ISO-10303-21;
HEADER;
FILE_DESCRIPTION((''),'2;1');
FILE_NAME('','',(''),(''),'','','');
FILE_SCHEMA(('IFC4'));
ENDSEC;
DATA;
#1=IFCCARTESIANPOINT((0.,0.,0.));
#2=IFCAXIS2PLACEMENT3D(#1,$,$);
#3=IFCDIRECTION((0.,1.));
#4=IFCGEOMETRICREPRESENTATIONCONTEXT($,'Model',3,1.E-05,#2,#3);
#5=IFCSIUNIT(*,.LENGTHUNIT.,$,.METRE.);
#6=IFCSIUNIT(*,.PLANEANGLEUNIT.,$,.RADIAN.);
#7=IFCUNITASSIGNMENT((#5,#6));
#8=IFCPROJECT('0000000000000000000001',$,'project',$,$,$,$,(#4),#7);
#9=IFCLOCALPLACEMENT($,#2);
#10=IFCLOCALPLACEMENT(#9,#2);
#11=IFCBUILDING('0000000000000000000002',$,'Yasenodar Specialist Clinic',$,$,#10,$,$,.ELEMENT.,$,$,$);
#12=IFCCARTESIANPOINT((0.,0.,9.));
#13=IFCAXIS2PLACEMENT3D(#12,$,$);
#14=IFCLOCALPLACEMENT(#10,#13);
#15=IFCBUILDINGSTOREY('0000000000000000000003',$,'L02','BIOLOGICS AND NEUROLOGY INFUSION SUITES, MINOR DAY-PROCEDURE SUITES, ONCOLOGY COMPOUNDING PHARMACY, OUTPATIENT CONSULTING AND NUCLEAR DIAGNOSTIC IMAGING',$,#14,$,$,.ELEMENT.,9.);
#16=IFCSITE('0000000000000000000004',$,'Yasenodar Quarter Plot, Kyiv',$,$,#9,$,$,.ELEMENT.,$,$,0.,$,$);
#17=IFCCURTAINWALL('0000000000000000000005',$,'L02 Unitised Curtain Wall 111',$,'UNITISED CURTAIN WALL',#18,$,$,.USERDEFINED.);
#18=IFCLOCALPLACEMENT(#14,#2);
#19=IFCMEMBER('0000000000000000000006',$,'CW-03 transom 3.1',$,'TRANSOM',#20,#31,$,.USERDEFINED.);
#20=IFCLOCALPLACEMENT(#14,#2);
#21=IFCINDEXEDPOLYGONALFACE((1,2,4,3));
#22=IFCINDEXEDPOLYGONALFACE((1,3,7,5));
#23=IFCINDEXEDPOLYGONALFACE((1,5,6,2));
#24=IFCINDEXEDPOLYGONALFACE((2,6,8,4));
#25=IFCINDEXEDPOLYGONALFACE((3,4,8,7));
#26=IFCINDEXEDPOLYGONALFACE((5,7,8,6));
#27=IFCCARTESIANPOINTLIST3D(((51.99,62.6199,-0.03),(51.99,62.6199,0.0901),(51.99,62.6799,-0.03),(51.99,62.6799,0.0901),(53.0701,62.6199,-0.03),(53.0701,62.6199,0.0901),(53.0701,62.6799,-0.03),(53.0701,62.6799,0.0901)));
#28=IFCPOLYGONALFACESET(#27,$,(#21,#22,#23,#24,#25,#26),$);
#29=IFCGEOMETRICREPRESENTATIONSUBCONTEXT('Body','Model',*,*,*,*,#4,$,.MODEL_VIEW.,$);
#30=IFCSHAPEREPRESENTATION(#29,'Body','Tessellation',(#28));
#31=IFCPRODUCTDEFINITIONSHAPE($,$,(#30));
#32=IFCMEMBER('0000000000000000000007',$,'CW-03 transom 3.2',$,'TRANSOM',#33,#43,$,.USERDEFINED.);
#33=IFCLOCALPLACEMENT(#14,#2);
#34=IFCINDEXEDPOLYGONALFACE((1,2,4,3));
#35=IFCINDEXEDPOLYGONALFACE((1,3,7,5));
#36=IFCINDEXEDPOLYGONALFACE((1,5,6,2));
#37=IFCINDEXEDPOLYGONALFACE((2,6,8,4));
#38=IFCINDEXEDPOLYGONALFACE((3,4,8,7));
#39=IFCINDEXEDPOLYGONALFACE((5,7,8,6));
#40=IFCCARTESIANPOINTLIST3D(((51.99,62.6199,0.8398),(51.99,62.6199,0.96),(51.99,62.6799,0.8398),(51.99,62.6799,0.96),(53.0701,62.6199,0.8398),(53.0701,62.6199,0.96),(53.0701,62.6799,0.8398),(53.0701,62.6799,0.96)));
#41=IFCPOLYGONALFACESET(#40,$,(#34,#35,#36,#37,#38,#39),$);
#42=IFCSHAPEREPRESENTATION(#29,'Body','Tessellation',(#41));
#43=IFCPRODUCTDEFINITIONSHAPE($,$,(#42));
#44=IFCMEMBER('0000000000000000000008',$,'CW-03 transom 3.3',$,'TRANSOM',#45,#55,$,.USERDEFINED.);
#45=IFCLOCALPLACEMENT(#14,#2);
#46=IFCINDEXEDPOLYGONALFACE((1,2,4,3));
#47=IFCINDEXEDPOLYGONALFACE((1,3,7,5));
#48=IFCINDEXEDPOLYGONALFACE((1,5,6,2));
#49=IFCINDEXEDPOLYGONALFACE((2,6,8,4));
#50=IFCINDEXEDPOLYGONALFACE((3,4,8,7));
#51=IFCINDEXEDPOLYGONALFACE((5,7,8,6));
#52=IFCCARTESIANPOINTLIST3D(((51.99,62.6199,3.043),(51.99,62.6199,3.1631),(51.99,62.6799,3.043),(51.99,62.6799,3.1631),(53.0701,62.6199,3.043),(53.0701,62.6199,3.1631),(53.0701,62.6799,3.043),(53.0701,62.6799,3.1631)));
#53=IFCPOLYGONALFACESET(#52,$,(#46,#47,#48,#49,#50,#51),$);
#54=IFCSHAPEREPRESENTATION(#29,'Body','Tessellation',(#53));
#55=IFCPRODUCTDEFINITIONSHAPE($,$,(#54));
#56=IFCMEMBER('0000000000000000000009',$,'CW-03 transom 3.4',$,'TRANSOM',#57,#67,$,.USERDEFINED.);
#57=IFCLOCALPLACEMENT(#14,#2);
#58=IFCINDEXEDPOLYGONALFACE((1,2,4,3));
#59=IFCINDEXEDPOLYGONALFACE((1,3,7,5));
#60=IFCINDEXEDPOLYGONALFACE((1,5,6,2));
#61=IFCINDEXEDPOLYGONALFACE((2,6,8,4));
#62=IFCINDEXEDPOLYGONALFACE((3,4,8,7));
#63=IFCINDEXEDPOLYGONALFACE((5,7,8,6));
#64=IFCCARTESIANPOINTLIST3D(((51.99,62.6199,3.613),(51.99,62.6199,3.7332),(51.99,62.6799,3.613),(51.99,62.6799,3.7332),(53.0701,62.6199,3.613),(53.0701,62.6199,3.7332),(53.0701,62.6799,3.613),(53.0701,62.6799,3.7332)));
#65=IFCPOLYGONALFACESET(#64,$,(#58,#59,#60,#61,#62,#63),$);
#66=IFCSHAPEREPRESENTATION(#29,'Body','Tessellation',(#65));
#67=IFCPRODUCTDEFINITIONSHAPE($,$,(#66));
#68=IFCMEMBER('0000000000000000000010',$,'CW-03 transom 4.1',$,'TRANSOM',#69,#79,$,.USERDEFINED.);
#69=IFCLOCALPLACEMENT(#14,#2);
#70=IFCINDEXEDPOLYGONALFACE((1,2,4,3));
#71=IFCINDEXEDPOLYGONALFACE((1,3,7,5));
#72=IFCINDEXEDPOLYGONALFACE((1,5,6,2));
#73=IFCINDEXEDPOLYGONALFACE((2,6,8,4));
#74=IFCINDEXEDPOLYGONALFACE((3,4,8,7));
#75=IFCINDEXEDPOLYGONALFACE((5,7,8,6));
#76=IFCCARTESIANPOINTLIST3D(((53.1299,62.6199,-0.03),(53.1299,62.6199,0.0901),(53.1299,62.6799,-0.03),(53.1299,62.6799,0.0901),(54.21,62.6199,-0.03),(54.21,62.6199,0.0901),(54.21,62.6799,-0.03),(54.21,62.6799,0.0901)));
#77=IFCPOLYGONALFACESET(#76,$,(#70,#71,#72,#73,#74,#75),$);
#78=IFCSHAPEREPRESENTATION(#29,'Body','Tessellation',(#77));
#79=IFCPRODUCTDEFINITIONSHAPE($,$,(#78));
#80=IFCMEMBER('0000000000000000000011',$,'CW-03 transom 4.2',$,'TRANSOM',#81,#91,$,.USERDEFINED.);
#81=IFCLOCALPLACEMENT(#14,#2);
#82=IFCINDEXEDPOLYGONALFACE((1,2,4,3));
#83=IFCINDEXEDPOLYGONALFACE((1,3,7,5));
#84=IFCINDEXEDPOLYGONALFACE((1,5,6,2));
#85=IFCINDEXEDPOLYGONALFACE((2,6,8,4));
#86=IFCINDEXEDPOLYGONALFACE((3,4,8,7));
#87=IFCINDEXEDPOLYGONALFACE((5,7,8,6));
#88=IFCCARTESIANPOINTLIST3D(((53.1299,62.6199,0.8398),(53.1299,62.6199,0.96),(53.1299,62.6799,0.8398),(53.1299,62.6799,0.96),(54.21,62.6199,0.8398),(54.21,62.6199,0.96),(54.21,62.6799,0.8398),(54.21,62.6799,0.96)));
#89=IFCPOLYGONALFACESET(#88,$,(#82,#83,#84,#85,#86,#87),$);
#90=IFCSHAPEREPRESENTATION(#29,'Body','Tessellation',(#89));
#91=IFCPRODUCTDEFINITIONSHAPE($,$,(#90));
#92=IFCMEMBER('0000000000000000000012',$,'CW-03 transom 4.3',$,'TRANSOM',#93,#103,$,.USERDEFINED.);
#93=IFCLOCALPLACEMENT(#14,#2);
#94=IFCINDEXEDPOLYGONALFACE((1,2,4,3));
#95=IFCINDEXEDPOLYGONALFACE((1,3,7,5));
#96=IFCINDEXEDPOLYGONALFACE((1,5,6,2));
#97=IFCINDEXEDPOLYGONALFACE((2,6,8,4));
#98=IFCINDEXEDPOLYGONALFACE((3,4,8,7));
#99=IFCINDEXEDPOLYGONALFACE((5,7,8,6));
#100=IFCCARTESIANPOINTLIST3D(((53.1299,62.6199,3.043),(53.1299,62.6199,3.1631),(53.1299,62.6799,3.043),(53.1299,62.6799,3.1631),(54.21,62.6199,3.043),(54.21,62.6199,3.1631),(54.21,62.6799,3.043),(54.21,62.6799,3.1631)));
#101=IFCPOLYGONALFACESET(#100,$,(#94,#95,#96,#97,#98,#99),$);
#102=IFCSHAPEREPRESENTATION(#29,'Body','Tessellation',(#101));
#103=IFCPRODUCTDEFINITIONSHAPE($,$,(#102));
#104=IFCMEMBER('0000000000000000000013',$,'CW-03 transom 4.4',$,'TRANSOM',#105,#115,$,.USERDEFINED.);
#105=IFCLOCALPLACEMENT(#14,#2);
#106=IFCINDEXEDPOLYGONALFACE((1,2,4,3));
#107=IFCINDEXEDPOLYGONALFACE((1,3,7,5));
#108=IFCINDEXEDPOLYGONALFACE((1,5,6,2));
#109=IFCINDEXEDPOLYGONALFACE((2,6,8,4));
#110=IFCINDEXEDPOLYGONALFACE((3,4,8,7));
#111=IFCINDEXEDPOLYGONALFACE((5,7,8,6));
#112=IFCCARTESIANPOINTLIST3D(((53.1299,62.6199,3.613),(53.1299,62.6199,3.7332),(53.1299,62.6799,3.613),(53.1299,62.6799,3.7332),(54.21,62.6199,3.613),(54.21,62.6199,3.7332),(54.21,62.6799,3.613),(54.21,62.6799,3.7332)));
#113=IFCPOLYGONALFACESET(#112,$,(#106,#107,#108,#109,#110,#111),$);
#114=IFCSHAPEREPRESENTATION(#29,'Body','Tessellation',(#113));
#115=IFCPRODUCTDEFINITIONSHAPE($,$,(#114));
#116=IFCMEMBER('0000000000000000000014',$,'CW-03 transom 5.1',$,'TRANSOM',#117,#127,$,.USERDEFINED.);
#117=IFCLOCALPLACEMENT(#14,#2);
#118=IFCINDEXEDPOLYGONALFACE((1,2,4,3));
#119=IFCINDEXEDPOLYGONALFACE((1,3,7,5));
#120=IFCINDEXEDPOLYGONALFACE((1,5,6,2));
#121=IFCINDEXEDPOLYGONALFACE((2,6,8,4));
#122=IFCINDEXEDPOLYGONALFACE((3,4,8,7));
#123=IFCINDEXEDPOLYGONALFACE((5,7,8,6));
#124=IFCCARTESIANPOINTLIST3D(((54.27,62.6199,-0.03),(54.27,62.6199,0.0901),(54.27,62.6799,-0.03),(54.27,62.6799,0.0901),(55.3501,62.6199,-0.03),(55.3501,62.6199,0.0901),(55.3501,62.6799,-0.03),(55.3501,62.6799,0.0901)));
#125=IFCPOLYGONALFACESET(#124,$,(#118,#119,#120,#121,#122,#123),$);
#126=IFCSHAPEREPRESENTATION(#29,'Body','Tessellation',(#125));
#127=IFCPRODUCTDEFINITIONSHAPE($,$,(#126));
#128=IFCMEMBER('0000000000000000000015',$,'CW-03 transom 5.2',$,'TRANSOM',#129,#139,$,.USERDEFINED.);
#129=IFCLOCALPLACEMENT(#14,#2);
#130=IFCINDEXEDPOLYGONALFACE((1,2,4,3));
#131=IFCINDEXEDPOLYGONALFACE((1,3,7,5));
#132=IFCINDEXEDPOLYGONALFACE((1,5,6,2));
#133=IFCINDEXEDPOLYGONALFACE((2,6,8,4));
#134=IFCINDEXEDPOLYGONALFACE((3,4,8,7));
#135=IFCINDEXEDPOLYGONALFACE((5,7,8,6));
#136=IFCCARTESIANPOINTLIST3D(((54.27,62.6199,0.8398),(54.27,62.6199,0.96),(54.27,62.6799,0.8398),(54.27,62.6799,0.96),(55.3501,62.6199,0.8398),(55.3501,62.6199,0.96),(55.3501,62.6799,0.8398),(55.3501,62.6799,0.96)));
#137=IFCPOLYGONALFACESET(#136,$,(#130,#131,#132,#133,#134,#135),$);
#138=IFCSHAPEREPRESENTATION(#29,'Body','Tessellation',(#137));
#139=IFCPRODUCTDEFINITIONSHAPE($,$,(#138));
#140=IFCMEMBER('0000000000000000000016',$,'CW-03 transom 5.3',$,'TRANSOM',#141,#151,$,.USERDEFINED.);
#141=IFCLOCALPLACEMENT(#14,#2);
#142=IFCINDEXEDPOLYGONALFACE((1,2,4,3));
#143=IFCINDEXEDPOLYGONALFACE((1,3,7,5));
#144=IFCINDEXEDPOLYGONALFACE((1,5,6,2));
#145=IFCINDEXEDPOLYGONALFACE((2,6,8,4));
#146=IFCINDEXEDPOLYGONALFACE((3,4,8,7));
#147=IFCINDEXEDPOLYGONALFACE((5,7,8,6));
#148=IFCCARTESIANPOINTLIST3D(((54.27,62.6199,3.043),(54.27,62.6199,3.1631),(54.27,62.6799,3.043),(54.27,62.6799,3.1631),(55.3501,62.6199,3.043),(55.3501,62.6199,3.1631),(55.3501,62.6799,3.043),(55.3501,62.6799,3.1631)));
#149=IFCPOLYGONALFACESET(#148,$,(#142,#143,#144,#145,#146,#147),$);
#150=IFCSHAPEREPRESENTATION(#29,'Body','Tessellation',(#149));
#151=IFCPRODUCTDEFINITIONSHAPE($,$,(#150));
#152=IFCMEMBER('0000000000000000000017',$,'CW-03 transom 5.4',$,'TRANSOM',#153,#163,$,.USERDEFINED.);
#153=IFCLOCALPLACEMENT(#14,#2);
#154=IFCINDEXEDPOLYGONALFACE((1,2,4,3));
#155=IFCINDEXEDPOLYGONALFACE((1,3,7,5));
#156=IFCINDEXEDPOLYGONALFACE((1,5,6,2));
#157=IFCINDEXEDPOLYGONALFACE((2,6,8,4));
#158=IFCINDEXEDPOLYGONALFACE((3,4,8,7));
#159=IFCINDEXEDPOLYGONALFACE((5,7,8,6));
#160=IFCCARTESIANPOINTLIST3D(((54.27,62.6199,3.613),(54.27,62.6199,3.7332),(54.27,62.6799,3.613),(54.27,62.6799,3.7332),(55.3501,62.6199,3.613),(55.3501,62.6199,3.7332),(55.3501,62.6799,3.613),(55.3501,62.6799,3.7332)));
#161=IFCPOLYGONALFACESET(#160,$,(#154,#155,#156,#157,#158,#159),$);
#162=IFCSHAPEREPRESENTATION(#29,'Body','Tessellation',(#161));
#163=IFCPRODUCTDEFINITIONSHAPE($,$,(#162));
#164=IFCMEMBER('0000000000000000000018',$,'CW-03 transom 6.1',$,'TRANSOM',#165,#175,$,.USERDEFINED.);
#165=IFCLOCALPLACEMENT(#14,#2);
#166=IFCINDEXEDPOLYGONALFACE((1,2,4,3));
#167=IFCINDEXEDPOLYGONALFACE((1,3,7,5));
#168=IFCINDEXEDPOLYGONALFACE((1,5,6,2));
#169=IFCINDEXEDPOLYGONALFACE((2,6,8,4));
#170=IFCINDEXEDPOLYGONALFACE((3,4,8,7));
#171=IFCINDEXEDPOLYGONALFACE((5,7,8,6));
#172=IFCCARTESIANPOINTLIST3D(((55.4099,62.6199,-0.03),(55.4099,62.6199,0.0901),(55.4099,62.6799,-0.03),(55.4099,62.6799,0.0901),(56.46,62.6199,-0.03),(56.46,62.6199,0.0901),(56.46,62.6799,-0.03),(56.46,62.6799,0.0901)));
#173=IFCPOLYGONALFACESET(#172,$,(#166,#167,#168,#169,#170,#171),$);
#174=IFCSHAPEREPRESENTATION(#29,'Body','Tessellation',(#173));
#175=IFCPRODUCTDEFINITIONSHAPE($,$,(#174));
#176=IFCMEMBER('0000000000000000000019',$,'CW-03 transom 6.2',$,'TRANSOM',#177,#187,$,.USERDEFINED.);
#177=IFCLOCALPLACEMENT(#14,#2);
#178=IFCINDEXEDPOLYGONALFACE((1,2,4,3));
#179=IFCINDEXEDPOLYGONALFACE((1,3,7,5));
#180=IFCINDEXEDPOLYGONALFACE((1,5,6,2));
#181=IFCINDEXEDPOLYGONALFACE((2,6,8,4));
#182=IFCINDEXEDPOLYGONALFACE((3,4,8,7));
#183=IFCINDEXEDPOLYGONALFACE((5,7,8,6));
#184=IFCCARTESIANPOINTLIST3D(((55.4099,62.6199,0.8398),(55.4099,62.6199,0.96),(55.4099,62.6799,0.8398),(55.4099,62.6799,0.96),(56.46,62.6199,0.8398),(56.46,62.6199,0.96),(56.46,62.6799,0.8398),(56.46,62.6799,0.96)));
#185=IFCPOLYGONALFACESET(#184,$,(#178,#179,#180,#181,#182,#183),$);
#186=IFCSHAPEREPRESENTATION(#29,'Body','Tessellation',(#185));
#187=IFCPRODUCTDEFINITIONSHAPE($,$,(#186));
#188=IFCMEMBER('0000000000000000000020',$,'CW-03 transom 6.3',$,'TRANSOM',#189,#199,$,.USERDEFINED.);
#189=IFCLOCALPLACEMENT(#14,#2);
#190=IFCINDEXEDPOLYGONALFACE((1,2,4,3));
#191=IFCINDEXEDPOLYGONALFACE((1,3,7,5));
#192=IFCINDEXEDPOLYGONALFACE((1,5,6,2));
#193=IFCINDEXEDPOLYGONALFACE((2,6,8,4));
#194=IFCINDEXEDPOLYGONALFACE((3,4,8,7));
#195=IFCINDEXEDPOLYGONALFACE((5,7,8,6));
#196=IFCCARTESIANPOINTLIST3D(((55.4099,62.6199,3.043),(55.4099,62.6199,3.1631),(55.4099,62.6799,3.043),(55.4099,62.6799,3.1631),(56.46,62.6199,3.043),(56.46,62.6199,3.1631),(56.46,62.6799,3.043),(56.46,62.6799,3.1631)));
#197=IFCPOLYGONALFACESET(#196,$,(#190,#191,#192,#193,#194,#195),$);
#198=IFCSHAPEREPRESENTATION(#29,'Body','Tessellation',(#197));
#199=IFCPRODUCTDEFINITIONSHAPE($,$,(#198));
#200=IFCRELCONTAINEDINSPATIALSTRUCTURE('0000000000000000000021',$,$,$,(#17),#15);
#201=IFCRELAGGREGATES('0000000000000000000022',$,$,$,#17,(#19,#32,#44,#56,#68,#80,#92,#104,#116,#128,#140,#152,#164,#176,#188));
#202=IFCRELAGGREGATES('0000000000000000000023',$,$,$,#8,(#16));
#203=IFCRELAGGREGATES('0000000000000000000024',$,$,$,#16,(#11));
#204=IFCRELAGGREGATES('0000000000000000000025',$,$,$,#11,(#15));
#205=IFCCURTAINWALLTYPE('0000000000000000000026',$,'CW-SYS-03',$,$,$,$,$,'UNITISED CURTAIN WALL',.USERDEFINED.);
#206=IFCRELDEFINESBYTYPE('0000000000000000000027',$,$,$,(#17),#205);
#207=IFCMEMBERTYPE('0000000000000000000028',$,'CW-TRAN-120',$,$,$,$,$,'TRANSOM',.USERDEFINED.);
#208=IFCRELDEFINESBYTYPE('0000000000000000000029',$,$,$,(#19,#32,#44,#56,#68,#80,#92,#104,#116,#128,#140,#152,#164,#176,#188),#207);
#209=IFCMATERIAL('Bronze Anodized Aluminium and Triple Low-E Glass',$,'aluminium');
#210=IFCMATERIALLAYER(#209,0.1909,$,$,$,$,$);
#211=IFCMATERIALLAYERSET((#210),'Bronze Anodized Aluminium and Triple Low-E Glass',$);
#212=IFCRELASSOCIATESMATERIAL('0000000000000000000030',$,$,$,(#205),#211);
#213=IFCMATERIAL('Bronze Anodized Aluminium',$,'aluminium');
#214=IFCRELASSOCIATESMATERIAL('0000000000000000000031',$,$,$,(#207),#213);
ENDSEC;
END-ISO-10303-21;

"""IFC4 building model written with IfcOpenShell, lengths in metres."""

from ifc_helpers import new_model, si_unit, direction, frame, origin, origin_2d, place, context, subcontext, project, spatial, rectangle, extrude, material, layer, layer_set, material_profile, profile_set, type_object, element, aggregate, save


model = new_model("IFC4")

# Units and contexts
model_context = context("Model", 3, precision=1e-05, world=origin(), true_north=direction((0.0, 1.0)))
body_context = subcontext(model_context, "Body", "Model", "MODEL_VIEW")
ifc_project = project(units=[si_unit("LENGTHUNIT", "METRE"), si_unit("PLANEANGLEUNIT", "RADIAN")], contexts=[model_context])

# Site, building, storey
site_placement = place(None, origin())
site = spatial("IfcSite", under=ifc_project, at=site_placement, Name="Yasenodar Quarter Plot, Kyiv", CompositionType="ELEMENT", RefElevation=0.0)
building_placement = place(site_placement, origin())
building = spatial("IfcBuilding", under=site, at=building_placement, Name="Yasenodar Specialist Clinic", CompositionType="ELEMENT")
storey_placement = place(building_placement, frame((0.0, 0.0, 9.0)))
storey = spatial("IfcBuildingStorey", under=building, at=storey_placement, Name="L02", Description="BIOLOGICS AND NEUROLOGY INFUSION SUITES, MINOR DAY-PROCEDURE SUITES, ONCOLOGY COMPOUNDING PHARMACY, OUTPATIENT CONSULTING AND NUCLEAR DIAGNOSTIC IMAGING", CompositionType="ELEMENT", Elevation=9.0)

# Curtain wall, members
ifc_material_1 = material(Name="Bronze Anodized Aluminium and Triple Low-E Glass", Category="aluminium")
ifc_layer_1 = layer(ifc_material_1, 0.1909)
ifc_layer_set_1 = layer_set([ifc_layer_1], Name="Bronze Anodized Aluminium and Triple Low-E Glass")
curtain_wall_type = type_object("IfcCurtainWallType", Name="CW-SYS-03", ElementType="UNITISED CURTAIN WALL", PredefinedType="USERDEFINED", material=ifc_layer_set_1)
curtain_wall_placement = place(storey_placement, origin())
curtain_wall = element("IfcCurtainWall", 1, at=curtain_wall_placement, inside=storey, type_object=curtain_wall_type, Name="L02 Unitised Curtain Wall 111", ObjectType="UNITISED CURTAIN WALL", PredefinedType="USERDEFINED")
ifc_material_2 = material(Name="Bronze Anodized Aluminium", Category="aluminium")
ifc_material_profile_1 = material_profile(ifc_material_2, rectangle(XDim=0.0601, YDim=0.1201, at=origin_2d()), Name="CW-TRAN 60x120")
ifc_profile_set_1 = profile_set([ifc_material_profile_1], Name="Bronze Anodized Aluminium")
member_type_1 = type_object("IfcMemberType", Name="CW-TRAN-120", ElementType="TRANSOM", PredefinedType="USERDEFINED", material=ifc_profile_set_1)
member_1_placement = place(storey_placement, frame((51.99, 62.6499, 0.03), z_axis=(1.0, 0.0, 0.0), x_axis=(0.0, 1.0, 0.0)))
member_1 = element("IfcMember", 2, at=member_1_placement, type_object=member_type_1, Name="CW-03 transom 3.1", ObjectType="TRANSOM", PredefinedType="USERDEFINED", context=body_context, shape_type="SweptSolid", body=[
    extrude(rectangle(XDim=0.0601, YDim=0.1201, at=origin_2d()), origin(), (0.0, 0.0, 1.0), 1.0801),
])
member_2_placement = place(storey_placement, frame((51.99, 62.6499, 0.8999), z_axis=(1.0, 0.0, 0.0), x_axis=(0.0, 1.0, 0.0)))
member_2 = element("IfcMember", 3, at=member_2_placement, type_object=member_type_1, Name="CW-03 transom 3.2", ObjectType="TRANSOM", PredefinedType="USERDEFINED", context=body_context, shape_type="SweptSolid", body=[
    extrude(rectangle(XDim=0.0601, YDim=0.1201, at=origin_2d()), origin(), (0.0, 0.0, 1.0), 1.0801),
])
member_3_placement = place(storey_placement, frame((51.99, 62.6499, 3.103), z_axis=(1.0, 0.0, 0.0), x_axis=(0.0, 1.0, 0.0)))
member_3 = element("IfcMember", 4, at=member_3_placement, type_object=member_type_1, Name="CW-03 transom 3.3", ObjectType="TRANSOM", PredefinedType="USERDEFINED", context=body_context, shape_type="SweptSolid", body=[
    extrude(rectangle(XDim=0.0601, YDim=0.1201, at=origin_2d()), origin(), (0.0, 0.0, 1.0), 1.0801),
])
member_4_placement = place(storey_placement, frame((51.99, 62.6499, 3.6731), z_axis=(1.0, 0.0, 0.0), x_axis=(0.0, 1.0, 0.0)))
member_4 = element("IfcMember", 5, at=member_4_placement, type_object=member_type_1, Name="CW-03 transom 3.4", ObjectType="TRANSOM", PredefinedType="USERDEFINED", context=body_context, shape_type="SweptSolid", body=[
    extrude(rectangle(XDim=0.0601, YDim=0.1201, at=origin_2d()), origin(), (0.0, 0.0, 1.0), 1.0801),
])
member_5_placement = place(storey_placement, frame((53.1299, 62.6499, 0.03), z_axis=(1.0, 0.0, 0.0), x_axis=(0.0, 1.0, 0.0)))
member_5 = element("IfcMember", 6, at=member_5_placement, type_object=member_type_1, Name="CW-03 transom 4.1", ObjectType="TRANSOM", PredefinedType="USERDEFINED", context=body_context, shape_type="SweptSolid", body=[
    extrude(rectangle(XDim=0.0601, YDim=0.1201, at=origin_2d()), origin(), (0.0, 0.0, 1.0), 1.0801),
])
member_6_placement = place(storey_placement, frame((53.1299, 62.6499, 0.8999), z_axis=(1.0, 0.0, 0.0), x_axis=(0.0, 1.0, 0.0)))
member_6 = element("IfcMember", 7, at=member_6_placement, type_object=member_type_1, Name="CW-03 transom 4.2", ObjectType="TRANSOM", PredefinedType="USERDEFINED", context=body_context, shape_type="SweptSolid", body=[
    extrude(rectangle(XDim=0.0601, YDim=0.1201, at=origin_2d()), origin(), (0.0, 0.0, 1.0), 1.0801),
])
member_7_placement = place(storey_placement, frame((53.1299, 62.6499, 3.103), z_axis=(1.0, 0.0, 0.0), x_axis=(0.0, 1.0, 0.0)))
member_7 = element("IfcMember", 8, at=member_7_placement, type_object=member_type_1, Name="CW-03 transom 4.3", ObjectType="TRANSOM", PredefinedType="USERDEFINED", context=body_context, shape_type="SweptSolid", body=[
    extrude(rectangle(XDim=0.0601, YDim=0.1201, at=origin_2d()), origin(), (0.0, 0.0, 1.0), 1.0801),
])
member_8_placement = place(storey_placement, frame((53.1299, 62.6499, 3.6731), z_axis=(1.0, 0.0, 0.0), x_axis=(0.0, 1.0, 0.0)))
member_8 = element("IfcMember", 9, at=member_8_placement, type_object=member_type_1, Name="CW-03 transom 4.4", ObjectType="TRANSOM", PredefinedType="USERDEFINED", context=body_context, shape_type="SweptSolid", body=[
    extrude(rectangle(XDim=0.0601, YDim=0.1201, at=origin_2d()), origin(), (0.0, 0.0, 1.0), 1.0801),
])
member_9_placement = place(storey_placement, frame((54.27, 62.6499, 0.03), z_axis=(1.0, 0.0, 0.0), x_axis=(0.0, 1.0, 0.0)))
member_9 = element("IfcMember", 10, at=member_9_placement, type_object=member_type_1, Name="CW-03 transom 5.1", ObjectType="TRANSOM", PredefinedType="USERDEFINED", context=body_context, shape_type="SweptSolid", body=[
    extrude(rectangle(XDim=0.0601, YDim=0.1201, at=origin_2d()), origin(), (0.0, 0.0, 1.0), 1.0801),
])
member_10_placement = place(storey_placement, frame((54.27, 62.6499, 0.8999), z_axis=(1.0, 0.0, 0.0), x_axis=(0.0, 1.0, 0.0)))
member_10 = element("IfcMember", 11, at=member_10_placement, type_object=member_type_1, Name="CW-03 transom 5.2", ObjectType="TRANSOM", PredefinedType="USERDEFINED", context=body_context, shape_type="SweptSolid", body=[
    extrude(rectangle(XDim=0.0601, YDim=0.1201, at=origin_2d()), origin(), (0.0, 0.0, 1.0), 1.0801),
])
member_11_placement = place(storey_placement, frame((54.27, 62.6499, 3.103), z_axis=(1.0, 0.0, 0.0), x_axis=(0.0, 1.0, 0.0)))
member_11 = element("IfcMember", 12, at=member_11_placement, type_object=member_type_1, Name="CW-03 transom 5.3", ObjectType="TRANSOM", PredefinedType="USERDEFINED", context=body_context, shape_type="SweptSolid", body=[
    extrude(rectangle(XDim=0.0601, YDim=0.1201, at=origin_2d()), origin(), (0.0, 0.0, 1.0), 1.0801),
])
member_12_placement = place(storey_placement, frame((54.27, 62.6499, 3.6731), z_axis=(1.0, 0.0, 0.0), x_axis=(0.0, 1.0, 0.0)))
member_12 = element("IfcMember", 13, at=member_12_placement, type_object=member_type_1, Name="CW-03 transom 5.4", ObjectType="TRANSOM", PredefinedType="USERDEFINED", context=body_context, shape_type="SweptSolid", body=[
    extrude(rectangle(XDim=0.0601, YDim=0.1201, at=origin_2d()), origin(), (0.0, 0.0, 1.0), 1.0801),
])
member_13_placement = place(storey_placement, frame((55.4099, 62.6499, 0.03), z_axis=(1.0, 0.0, 0.0), x_axis=(0.0, 1.0, 0.0)))
member_13 = element("IfcMember", 14, at=member_13_placement, type_object=member_type_1, Name="CW-03 transom 6.1", ObjectType="TRANSOM", PredefinedType="USERDEFINED", context=body_context, shape_type="SweptSolid", body=[
    extrude(rectangle(XDim=0.0601, YDim=0.1201, at=origin_2d()), origin(), (0.0, 0.0, 1.0), 1.05),
])
member_14_placement = place(storey_placement, frame((55.4099, 62.6499, 0.8999), z_axis=(1.0, 0.0, 0.0), x_axis=(0.0, 1.0, 0.0)))
member_14 = element("IfcMember", 15, at=member_14_placement, type_object=member_type_1, Name="CW-03 transom 6.2", ObjectType="TRANSOM", PredefinedType="USERDEFINED", context=body_context, shape_type="SweptSolid", body=[
    extrude(rectangle(XDim=0.0601, YDim=0.1201, at=origin_2d()), origin(), (0.0, 0.0, 1.0), 1.05),
])
member_15_placement = place(storey_placement, frame((55.4099, 62.6499, 3.103), z_axis=(1.0, 0.0, 0.0), x_axis=(0.0, 1.0, 0.0)))
member_15 = element("IfcMember", 16, at=member_15_placement, type_object=member_type_1, Name="CW-03 transom 6.3", ObjectType="TRANSOM", PredefinedType="USERDEFINED", context=body_context, shape_type="SweptSolid", body=[
    extrude(rectangle(XDim=0.0601, YDim=0.1201, at=origin_2d()), origin(), (0.0, 0.0, 1.0), 1.05),
])
aggregate(curtain_wall, [member_1, member_2, member_3, member_4, member_5, member_6, member_7, member_8, member_9, member_10, member_11, member_12, member_13, member_14, member_15])

save(model, "model.ifc")
